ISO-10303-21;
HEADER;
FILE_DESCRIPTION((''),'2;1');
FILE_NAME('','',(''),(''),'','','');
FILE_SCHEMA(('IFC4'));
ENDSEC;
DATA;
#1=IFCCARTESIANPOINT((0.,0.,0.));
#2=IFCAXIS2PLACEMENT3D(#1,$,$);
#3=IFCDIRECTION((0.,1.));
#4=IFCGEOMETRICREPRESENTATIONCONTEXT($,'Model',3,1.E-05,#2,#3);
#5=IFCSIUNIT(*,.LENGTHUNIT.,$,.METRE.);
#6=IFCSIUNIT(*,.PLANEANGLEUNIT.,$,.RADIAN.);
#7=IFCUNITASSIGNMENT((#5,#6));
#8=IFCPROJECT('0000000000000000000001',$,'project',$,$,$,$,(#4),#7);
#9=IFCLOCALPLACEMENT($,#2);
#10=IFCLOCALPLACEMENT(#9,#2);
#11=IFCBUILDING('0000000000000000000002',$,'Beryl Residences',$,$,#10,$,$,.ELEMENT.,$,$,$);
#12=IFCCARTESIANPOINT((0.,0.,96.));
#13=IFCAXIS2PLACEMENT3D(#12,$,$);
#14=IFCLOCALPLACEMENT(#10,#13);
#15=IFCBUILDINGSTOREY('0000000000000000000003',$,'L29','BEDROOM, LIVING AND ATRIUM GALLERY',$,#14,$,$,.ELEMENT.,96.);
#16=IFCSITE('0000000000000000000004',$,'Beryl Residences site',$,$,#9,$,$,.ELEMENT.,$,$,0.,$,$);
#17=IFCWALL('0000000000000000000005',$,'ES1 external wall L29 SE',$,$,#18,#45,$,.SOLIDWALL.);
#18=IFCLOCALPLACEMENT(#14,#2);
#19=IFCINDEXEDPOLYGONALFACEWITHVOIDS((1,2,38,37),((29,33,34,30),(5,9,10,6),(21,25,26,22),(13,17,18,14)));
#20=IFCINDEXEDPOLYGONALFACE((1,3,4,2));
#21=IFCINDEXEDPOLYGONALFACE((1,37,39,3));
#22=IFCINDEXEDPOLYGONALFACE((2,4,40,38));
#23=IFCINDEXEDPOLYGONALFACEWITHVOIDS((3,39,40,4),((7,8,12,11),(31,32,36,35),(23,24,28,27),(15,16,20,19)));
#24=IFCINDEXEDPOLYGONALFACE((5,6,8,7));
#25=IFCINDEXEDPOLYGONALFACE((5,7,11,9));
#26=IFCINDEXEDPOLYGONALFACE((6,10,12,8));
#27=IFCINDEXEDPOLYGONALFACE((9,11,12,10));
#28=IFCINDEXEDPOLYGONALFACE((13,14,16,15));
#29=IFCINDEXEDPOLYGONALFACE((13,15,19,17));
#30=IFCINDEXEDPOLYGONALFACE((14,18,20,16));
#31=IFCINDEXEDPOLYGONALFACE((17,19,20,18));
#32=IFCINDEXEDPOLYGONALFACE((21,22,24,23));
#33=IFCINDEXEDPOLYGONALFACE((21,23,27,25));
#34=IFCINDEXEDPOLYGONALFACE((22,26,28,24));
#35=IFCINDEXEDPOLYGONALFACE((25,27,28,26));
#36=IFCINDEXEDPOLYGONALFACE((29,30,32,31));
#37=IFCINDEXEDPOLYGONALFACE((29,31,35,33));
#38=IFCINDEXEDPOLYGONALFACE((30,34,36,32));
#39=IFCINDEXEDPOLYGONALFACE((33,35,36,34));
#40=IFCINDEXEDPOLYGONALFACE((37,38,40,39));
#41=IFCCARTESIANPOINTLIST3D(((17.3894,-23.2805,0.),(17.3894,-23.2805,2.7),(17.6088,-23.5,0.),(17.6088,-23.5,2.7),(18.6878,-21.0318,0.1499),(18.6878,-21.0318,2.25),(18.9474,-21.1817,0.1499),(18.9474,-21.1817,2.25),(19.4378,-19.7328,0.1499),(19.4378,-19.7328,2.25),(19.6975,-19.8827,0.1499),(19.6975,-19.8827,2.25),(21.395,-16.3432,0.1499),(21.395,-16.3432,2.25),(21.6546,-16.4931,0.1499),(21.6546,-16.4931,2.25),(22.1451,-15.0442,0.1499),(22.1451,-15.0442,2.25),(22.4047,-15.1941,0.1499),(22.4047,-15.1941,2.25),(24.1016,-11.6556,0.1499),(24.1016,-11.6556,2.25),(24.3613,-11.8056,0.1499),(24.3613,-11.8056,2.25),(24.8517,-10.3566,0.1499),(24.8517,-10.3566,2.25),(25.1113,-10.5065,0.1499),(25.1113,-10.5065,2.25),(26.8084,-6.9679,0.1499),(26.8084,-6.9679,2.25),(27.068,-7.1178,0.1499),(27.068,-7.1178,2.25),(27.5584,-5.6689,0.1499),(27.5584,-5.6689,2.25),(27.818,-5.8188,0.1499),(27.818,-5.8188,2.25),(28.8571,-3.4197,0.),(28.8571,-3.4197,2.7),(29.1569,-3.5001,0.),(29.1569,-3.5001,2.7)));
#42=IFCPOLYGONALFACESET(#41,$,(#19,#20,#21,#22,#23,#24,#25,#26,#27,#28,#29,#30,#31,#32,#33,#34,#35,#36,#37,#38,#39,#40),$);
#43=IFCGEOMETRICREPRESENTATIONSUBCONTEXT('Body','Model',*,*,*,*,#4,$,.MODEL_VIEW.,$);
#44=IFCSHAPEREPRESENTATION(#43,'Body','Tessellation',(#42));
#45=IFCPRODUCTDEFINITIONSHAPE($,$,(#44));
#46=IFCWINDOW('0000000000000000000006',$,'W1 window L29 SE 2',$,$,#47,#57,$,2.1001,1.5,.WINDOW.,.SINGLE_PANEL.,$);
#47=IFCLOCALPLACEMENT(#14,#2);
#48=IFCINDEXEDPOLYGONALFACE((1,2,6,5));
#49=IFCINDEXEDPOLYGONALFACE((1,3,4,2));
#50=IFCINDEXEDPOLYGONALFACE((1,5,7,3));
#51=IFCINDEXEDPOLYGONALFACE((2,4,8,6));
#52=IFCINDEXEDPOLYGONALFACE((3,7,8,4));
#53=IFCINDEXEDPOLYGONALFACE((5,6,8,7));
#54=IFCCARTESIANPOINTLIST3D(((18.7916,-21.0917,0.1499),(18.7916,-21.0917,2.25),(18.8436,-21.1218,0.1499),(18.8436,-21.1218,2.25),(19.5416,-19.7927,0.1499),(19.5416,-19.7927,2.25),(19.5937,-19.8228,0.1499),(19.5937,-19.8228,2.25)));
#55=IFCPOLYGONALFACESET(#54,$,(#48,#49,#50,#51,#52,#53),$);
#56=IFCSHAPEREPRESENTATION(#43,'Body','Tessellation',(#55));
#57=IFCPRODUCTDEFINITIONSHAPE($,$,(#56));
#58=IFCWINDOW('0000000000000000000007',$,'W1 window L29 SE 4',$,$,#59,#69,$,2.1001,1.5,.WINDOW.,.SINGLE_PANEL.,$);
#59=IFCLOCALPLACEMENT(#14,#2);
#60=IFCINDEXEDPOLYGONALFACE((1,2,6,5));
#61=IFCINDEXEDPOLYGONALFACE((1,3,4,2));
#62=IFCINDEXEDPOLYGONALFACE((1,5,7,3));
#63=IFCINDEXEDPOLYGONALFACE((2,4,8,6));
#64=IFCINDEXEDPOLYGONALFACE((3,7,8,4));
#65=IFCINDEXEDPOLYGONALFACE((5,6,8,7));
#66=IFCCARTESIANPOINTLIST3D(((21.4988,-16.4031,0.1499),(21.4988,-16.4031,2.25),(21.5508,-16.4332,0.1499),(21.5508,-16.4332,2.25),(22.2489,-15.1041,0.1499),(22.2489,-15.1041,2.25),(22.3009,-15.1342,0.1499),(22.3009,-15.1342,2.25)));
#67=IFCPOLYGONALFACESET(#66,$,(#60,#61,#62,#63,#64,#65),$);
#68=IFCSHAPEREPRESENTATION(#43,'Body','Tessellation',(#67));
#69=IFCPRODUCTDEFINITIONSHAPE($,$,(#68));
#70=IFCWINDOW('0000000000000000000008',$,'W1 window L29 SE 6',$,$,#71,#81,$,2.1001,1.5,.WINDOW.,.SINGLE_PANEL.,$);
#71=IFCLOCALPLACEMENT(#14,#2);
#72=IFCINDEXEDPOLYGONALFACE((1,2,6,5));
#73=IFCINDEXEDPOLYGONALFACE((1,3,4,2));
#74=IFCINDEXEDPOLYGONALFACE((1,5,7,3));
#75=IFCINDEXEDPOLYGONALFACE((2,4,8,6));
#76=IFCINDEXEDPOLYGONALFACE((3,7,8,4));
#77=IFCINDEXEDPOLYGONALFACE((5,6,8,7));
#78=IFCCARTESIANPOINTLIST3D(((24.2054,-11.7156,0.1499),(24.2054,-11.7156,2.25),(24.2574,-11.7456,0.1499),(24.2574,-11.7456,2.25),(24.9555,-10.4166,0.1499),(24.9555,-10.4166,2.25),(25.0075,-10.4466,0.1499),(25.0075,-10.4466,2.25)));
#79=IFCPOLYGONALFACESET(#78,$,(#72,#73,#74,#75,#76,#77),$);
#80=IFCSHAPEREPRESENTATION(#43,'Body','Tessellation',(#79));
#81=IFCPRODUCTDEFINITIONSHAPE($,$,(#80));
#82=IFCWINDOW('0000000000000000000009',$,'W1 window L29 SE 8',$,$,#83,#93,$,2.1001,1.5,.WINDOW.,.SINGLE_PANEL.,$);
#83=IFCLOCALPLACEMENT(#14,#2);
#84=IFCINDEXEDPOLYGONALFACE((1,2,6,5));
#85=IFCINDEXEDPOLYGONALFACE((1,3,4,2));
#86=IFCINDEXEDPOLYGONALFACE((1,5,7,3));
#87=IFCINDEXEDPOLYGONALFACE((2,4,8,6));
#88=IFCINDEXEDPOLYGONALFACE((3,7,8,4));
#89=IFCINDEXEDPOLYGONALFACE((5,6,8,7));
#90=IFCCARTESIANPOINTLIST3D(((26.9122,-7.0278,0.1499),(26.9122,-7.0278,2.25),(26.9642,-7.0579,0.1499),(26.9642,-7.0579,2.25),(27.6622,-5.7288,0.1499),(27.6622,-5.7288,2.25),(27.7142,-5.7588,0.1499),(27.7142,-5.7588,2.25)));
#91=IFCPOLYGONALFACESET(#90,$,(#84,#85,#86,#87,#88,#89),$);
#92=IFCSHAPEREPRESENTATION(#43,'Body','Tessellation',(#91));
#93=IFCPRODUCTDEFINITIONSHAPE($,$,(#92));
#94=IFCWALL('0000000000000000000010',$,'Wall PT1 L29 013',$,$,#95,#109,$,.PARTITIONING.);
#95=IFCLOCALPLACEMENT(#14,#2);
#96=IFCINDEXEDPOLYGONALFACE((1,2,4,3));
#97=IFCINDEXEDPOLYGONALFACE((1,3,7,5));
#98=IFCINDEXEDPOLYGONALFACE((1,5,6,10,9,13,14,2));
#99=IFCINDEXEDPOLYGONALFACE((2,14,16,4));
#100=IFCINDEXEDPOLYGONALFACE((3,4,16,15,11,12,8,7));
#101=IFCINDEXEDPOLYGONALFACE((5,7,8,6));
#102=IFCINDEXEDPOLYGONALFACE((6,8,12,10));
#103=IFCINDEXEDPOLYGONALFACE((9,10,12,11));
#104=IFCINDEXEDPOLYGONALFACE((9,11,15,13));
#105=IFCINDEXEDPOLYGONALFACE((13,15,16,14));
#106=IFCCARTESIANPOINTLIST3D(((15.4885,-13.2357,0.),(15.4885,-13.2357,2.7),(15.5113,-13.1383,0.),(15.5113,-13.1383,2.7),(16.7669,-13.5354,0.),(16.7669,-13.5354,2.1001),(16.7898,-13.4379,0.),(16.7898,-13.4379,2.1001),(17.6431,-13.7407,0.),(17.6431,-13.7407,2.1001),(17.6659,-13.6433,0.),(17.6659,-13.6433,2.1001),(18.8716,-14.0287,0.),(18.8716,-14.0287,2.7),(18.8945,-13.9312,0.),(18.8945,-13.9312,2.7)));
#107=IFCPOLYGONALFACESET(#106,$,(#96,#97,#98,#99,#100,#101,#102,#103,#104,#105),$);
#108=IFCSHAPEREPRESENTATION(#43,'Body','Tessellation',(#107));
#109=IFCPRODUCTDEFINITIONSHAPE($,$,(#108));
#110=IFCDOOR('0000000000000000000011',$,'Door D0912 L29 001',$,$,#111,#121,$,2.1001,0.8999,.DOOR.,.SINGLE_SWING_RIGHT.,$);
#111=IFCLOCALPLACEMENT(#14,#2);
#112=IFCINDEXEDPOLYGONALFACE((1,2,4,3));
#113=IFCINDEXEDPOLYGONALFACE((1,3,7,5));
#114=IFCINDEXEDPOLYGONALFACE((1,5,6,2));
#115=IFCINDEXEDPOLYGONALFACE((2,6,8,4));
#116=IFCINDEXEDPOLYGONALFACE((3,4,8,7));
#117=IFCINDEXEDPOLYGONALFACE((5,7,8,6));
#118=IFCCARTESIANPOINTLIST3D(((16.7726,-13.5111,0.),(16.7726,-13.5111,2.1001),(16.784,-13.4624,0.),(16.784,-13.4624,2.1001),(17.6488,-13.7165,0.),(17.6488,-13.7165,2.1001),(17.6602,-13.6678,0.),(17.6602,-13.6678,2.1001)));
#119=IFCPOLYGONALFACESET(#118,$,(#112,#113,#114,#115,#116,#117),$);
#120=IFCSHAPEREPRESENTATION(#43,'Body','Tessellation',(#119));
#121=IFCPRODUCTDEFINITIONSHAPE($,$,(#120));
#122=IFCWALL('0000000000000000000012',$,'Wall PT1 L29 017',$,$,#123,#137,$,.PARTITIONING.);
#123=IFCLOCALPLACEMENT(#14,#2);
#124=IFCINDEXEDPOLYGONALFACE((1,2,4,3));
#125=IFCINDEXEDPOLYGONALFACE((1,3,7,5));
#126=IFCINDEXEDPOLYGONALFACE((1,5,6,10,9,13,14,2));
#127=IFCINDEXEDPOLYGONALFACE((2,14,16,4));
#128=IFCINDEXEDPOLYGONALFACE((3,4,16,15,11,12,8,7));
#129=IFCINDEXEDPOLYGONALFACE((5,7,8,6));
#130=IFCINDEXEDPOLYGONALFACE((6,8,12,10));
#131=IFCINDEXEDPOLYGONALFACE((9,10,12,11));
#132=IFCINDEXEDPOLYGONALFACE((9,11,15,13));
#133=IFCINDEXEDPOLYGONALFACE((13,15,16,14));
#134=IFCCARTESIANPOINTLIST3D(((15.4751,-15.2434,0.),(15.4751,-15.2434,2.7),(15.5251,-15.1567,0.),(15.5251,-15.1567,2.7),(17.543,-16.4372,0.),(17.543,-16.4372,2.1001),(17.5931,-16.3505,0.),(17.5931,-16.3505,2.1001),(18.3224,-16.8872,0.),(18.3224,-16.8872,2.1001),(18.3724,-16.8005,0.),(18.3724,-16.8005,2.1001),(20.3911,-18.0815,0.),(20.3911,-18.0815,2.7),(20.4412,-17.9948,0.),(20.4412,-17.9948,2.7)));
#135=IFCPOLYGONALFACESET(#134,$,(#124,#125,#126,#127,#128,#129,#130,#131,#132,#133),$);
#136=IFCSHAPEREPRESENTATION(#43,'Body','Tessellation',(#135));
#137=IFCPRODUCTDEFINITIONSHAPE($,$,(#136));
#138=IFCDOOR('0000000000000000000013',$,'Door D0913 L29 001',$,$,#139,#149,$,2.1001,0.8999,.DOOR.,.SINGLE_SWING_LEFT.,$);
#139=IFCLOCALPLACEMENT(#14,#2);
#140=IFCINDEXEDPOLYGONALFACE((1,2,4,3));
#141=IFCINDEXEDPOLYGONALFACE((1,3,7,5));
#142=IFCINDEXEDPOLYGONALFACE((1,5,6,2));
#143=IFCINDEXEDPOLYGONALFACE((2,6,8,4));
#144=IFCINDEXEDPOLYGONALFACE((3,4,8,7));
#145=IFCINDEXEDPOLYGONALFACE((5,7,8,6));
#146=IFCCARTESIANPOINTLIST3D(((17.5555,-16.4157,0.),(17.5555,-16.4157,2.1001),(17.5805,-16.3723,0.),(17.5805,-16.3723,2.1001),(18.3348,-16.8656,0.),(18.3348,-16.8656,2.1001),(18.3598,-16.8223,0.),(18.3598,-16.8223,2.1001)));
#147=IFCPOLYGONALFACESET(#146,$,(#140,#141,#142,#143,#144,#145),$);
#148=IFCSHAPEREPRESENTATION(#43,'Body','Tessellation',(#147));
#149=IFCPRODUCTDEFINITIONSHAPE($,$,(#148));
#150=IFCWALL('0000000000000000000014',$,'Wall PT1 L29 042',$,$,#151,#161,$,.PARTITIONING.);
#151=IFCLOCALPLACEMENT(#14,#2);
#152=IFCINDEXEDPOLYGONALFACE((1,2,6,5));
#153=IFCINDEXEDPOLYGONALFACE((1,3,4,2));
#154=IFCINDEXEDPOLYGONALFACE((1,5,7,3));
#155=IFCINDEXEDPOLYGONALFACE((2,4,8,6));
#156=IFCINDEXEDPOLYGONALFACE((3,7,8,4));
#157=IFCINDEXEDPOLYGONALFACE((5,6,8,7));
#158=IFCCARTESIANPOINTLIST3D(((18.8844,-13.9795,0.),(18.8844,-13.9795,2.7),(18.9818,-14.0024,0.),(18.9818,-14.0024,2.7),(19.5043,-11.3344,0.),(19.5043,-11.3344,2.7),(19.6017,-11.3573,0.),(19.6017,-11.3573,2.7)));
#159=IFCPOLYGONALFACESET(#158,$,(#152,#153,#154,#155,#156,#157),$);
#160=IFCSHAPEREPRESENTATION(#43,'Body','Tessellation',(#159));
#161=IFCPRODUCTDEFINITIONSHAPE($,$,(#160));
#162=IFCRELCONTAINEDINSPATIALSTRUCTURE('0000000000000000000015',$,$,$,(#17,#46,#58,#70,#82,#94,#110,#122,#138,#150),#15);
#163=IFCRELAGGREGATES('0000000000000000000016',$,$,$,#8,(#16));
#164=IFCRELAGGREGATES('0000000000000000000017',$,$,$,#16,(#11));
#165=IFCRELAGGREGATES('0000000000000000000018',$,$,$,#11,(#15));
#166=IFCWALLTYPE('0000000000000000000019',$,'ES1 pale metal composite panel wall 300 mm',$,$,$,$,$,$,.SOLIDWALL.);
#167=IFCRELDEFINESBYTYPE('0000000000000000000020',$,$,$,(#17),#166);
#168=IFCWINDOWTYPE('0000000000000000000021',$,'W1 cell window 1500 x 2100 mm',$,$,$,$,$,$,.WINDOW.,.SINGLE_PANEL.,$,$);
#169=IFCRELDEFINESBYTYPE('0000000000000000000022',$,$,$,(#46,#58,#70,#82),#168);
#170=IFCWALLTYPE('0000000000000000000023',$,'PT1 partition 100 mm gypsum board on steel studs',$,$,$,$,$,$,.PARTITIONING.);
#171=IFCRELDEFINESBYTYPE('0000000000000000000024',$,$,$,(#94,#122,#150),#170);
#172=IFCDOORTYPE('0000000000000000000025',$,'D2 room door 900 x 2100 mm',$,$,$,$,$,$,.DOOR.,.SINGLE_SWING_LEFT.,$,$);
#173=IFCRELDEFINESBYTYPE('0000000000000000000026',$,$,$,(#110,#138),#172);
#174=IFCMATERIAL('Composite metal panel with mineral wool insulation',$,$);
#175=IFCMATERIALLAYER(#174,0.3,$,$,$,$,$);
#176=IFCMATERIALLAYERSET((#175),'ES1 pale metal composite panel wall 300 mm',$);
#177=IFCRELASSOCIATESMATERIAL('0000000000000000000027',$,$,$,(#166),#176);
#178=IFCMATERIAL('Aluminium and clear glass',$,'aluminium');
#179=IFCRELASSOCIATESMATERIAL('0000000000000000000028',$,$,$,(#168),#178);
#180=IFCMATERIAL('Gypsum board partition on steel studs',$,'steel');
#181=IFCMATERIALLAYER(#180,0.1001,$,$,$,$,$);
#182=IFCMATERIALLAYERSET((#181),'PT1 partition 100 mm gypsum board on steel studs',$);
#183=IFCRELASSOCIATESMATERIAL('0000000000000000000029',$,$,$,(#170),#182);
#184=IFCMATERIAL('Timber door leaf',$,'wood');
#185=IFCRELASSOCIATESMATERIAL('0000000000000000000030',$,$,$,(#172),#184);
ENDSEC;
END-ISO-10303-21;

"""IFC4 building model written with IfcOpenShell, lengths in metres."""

from ifc_helpers import new_model, si_unit, direction, frame, frame_2d, origin, place, context, subcontext, project, spatial, polyline, rectangle, outline, extrude, material, layer, layer_set, type_object, element, fill, save


model = new_model("IFC4")

# Units and contexts
model_context = context("Model", 3, precision=1e-05, world=origin(), true_north=direction((0.0, 1.0)))
body_context = subcontext(model_context, "Body", "Model", "MODEL_VIEW")
ifc_project = project(units=[si_unit("LENGTHUNIT", "METRE"), si_unit("PLANEANGLEUNIT", "RADIAN")], contexts=[model_context])

# Site, building, storey
site_placement = place(None, origin())
site = spatial("IfcSite", under=ifc_project, at=site_placement, Name="Beryl Residences site", CompositionType="ELEMENT", RefElevation=0.0)
building_placement = place(site_placement, origin())
building = spatial("IfcBuilding", under=site, at=building_placement, Name="Beryl Residences", CompositionType="ELEMENT")
storey_placement = place(building_placement, frame((0.0, 0.0, 96.0)))
storey = spatial("IfcBuildingStorey", under=building, at=storey_placement, Name="L29", Description="BEDROOM, LIVING AND ATRIUM GALLERY", CompositionType="ELEMENT", Elevation=96.0)

# Shared definitions
ifc_material_1 = material(Name="Composite metal panel with mineral wool insulation")
ifc_layer_1 = layer(ifc_material_1, 0.3)
ifc_layer_set_1 = layer_set([ifc_layer_1], Name="ES1 pale metal composite panel wall 300 mm")
wall_type_1 = type_object("IfcWallType", Name="ES1 pale metal composite panel wall 300 mm", PredefinedType="SOLIDWALL", material=ifc_layer_set_1)

# Wall, openings, windows
wall_1_placement = place(storey_placement, frame((17.479, -23.425, 0.0), z_axis=(0.0, 0.0, 1.0), x_axis=(0.500035, 0.866005, 0.0)))
wall_1 = element("IfcWall", 1, at=wall_1_placement, inside=storey, type_object=wall_type_1, Name="ES1 external wall L29 SE", PredefinedType="SOLIDWALL", context=body_context, shape_type="SweptSolid", body=[
    extrude(outline(polyline([(0.0, -0.1499), (23.0945, -0.1499), (23.0142, 0.1499), (0.0803, 0.1499), (0.0, -0.1499)])), origin(), (0.0, 0.0, 1.0), 2.7),
])
opening_1_placement = place(wall_1_placement, frame((2.677, 0.0, 0.1499)))
opening_1 = element("IfcOpeningElement", 2, at=opening_1_placement, cuts=wall_1, PredefinedType="OPENING", context=body_context, shape_type="SweptSolid", body=[
    extrude(rectangle(XDim=1.5, YDim=2.1001, at=frame_2d((0.75, 1.05))), frame((0.0, 0.1599, 0.0), z_axis=(0.0, -1.0, 0.0), x_axis=(1.0, 0.0, 0.0)), (0.0, 0.0, 1.0), 0.3201),
])
opening_2_placement = place(wall_1_placement, frame((8.0911, 0.0, 0.1499)))
opening_2 = element("IfcOpeningElement", 3, at=opening_2_placement, cuts=wall_1, PredefinedType="OPENING", context=body_context, shape_type="SweptSolid", body=[
    extrude(rectangle(XDim=1.5, YDim=2.1001, at=frame_2d((0.75, 1.05))), frame((0.0, 0.1599, 0.0), z_axis=(0.0, -1.0, 0.0), x_axis=(1.0, 0.0, 0.0)), (0.0, 0.0, 1.0), 0.3201),
])
opening_3_placement = place(wall_1_placement, frame((13.5039, 0.0, 0.1499)))
opening_3 = element("IfcOpeningElement", 4, at=opening_3_placement, cuts=wall_1, PredefinedType="OPENING", context=body_context, shape_type="SweptSolid", body=[
    extrude(rectangle(XDim=1.5, YDim=2.1001, at=frame_2d((0.75, 1.05))), frame((0.0, 0.1599, 0.0), z_axis=(0.0, -1.0, 0.0), x_axis=(1.0, 0.0, 0.0)), (0.0, 0.0, 1.0), 0.3201),
])
opening_4_placement = place(wall_1_placement, frame((18.917, 0.0, 0.1499)))
opening_4 = element("IfcOpeningElement", 5, at=opening_4_placement, cuts=wall_1, PredefinedType="OPENING", context=body_context, shape_type="SweptSolid", body=[
    extrude(rectangle(XDim=1.5, YDim=2.1001, at=frame_2d((0.75, 1.05))), frame((0.0, 0.1599, 0.0), z_axis=(0.0, -1.0, 0.0), x_axis=(1.0, 0.0, 0.0)), (0.0, 0.0, 1.0), 0.3201),
])
ifc_material_2 = material(Name="Aluminium and clear glass", Category="aluminium")
window_type_1 = type_object("IfcWindowType", Name="W1 cell window 1500 x 2100 mm", PartitioningType="SINGLE_PANEL", PredefinedType="WINDOW", material=ifc_material_2)
window_1_placement = place(opening_1_placement, origin())
window_1 = element("IfcWindow", 6, at=window_1_placement, inside=storey, type_object=window_type_1, Name="W1 window L29 SE 2", OverallHeight=2.1001, OverallWidth=1.5, PartitioningType="SINGLE_PANEL", PredefinedType="WINDOW", context=body_context, shape_type="SweptSolid", body=[
    extrude(rectangle(XDim=1.5, YDim=2.1001, at=frame_2d((0.75, 1.05))), frame((0.0, 0.03, 0.0), z_axis=(0.0, -1.0, 0.0), x_axis=(1.0, 0.0, 0.0)), (0.0, 0.0, 1.0), 0.0601),
])
fill(opening_1, window_1)
window_2_placement = place(opening_2_placement, origin())
window_2 = element("IfcWindow", 7, at=window_2_placement, inside=storey, type_object=window_type_1, Name="W1 window L29 SE 4", OverallHeight=2.1001, OverallWidth=1.5, PartitioningType="SINGLE_PANEL", PredefinedType="WINDOW", context=body_context, shape_type="SweptSolid", body=[
    extrude(rectangle(XDim=1.5, YDim=2.1001, at=frame_2d((0.75, 1.05))), frame((0.0, 0.03, 0.0), z_axis=(0.0, -1.0, 0.0), x_axis=(1.0, 0.0, 0.0)), (0.0, 0.0, 1.0), 0.0601),
])
fill(opening_2, window_2)
window_3_placement = place(opening_3_placement, origin())
window_3 = element("IfcWindow", 8, at=window_3_placement, inside=storey, type_object=window_type_1, Name="W1 window L29 SE 6", OverallHeight=2.1001, OverallWidth=1.5, PartitioningType="SINGLE_PANEL", PredefinedType="WINDOW", context=body_context, shape_type="SweptSolid", body=[
    extrude(rectangle(XDim=1.5, YDim=2.1001, at=frame_2d((0.75, 1.05))), frame((0.0, 0.03, 0.0), z_axis=(0.0, -1.0, 0.0), x_axis=(1.0, 0.0, 0.0)), (0.0, 0.0, 1.0), 0.0601),
])
fill(opening_3, window_3)
window_4_placement = place(opening_4_placement, origin())
window_4 = element("IfcWindow", 9, at=window_4_placement, inside=storey, type_object=window_type_1, Name="W1 window L29 SE 8", OverallHeight=2.1001, OverallWidth=1.5, PartitioningType="SINGLE_PANEL", PredefinedType="WINDOW", context=body_context, shape_type="SweptSolid", body=[
    extrude(rectangle(XDim=1.5, YDim=2.1001, at=frame_2d((0.75, 1.05))), frame((0.0, 0.03, 0.0), z_axis=(0.0, -1.0, 0.0), x_axis=(1.0, 0.0, 0.0)), (0.0, 0.0, 1.0), 0.0601),
])
fill(opening_4, window_4)

# Walls, openings, doors
ifc_material_3 = material(Name="Gypsum board partition on steel studs", Category="steel")
ifc_layer_2 = layer(ifc_material_3, 0.1001)
ifc_layer_set_2 = layer_set([ifc_layer_2], Name="PT1 partition 100 mm gypsum board on steel studs")
wall_type_2 = type_object("IfcWallType", Name="PT1 partition 100 mm gypsum board on steel studs", PredefinedType="PARTITIONING", material=ifc_layer_set_2)
wall_2_placement = place(storey_placement, frame((15.5, -13.187, 0.0), z_axis=(0.0, 0.0, 1.0), x_axis=(0.973612, -0.228209, 0.0)))
wall_2 = element("IfcWall", 10, at=wall_2_placement, inside=storey, type_object=wall_type_2, Name="Wall PT1 L29 013", PredefinedType="PARTITIONING", context=body_context, shape_type="SweptSolid", body=[
    extrude(rectangle(XDim=3.4749, YDim=0.1001, at=frame_2d((1.7373, 0.0))), origin(), (0.0, 0.0, 1.0), 2.7),
])
opening_5_placement = place(wall_2_placement, frame((1.313, 0.0, 0.0)))
opening_5 = element("IfcOpeningElement", 11, at=opening_5_placement, cuts=wall_2, PredefinedType="OPENING", context=body_context, shape_type="SweptSolid", body=[
    extrude(rectangle(XDim=0.8999, YDim=2.1001, at=frame_2d((0.45, 1.05))), frame((0.0, 0.0601, 0.0), z_axis=(0.0, -1.0, 0.0), x_axis=(1.0, 0.0, 0.0)), (0.0, 0.0, 1.0), 0.1201),
])
ifc_material_4 = material(Name="Timber door leaf", Category="wood")
door_type_1 = type_object("IfcDoorType", Name="D2 room door 900 x 2100 mm", OperationType="SINGLE_SWING_LEFT", PredefinedType="DOOR", material=ifc_material_4)
door_1_placement = place(opening_5_placement, origin())
door_1 = element("IfcDoor", 12, at=door_1_placement, inside=storey, type_object=door_type_1, Name="Door D0912 L29 001", OperationType="SINGLE_SWING_RIGHT", OverallHeight=2.1001, OverallWidth=0.8999, PredefinedType="DOOR", context=body_context, shape_type="SweptSolid", body=[
    extrude(rectangle(XDim=0.8999, YDim=2.1001, at=frame_2d((0.45, 1.05))), frame((0.0, 0.0249, 0.0), z_axis=(0.0, -1.0, 0.0), x_axis=(1.0, 0.0, 0.0)), (0.0, 0.0, 1.0), 0.05),
])
fill(opening_5, door_1)
wall_3_placement = place(storey_placement, frame((15.5, -15.2, 0.0), z_axis=(0.0, 0.0, 1.0), x_axis=(0.866035, -0.499983, 0.0)))
wall_3 = element("IfcWall", 13, at=wall_3_placement, inside=storey, type_object=wall_type_2, Name="Wall PT1 L29 017", PredefinedType="PARTITIONING", context=body_context, shape_type="SweptSolid", body=[
    extrude(rectangle(XDim=5.6765, YDim=0.1001, at=frame_2d((2.8384, 0.0))), origin(), (0.0, 0.0, 1.0), 2.7),
])
opening_6_placement = place(wall_3_placement, frame((2.3879, 0.0, 0.0)))
opening_6 = element("IfcOpeningElement", 14, at=opening_6_placement, cuts=wall_3, PredefinedType="OPENING", context=body_context, shape_type="SweptSolid", body=[
    extrude(rectangle(XDim=0.8999, YDim=2.1001, at=frame_2d((0.45, 1.05))), frame((0.0, 0.0601, 0.0), z_axis=(0.0, -1.0, 0.0), x_axis=(1.0, 0.0, 0.0)), (0.0, 0.0, 1.0), 0.1201),
])
door_2_placement = place(opening_6_placement, origin())
door_2 = element("IfcDoor", 15, at=door_2_placement, inside=storey, type_object=door_type_1, Name="Door D0913 L29 001", OperationType="SINGLE_SWING_LEFT", OverallHeight=2.1001, OverallWidth=0.8999, PredefinedType="DOOR", context=body_context, shape_type="SweptSolid", body=[
    extrude(rectangle(XDim=0.8999, YDim=2.1001, at=frame_2d((0.45, 1.05))), frame((0.0, 0.0249, 0.0), z_axis=(0.0, -1.0, 0.0), x_axis=(1.0, 0.0, 0.0)), (0.0, 0.0, 1.0), 0.05),
])
fill(opening_6, door_2)

# Wall
wall_4_placement = place(storey_placement, frame((18.9331, -13.991, 0.0), z_axis=(0.0, 0.0, 1.0), x_axis=(0.228173, 0.973621, 0.0)))
element("IfcWall", 16, at=wall_4_placement, inside=storey, type_object=wall_type_2, Name="Wall PT1 L29 042", PredefinedType="PARTITIONING", context=body_context, shape_type="SweptSolid", body=[
    extrude(rectangle(XDim=2.7168, YDim=0.1001, at=frame_2d((1.3584, 0.0))), origin(), (0.0, 0.0, 1.0), 2.7),
])

save(model, "model.ifc")
